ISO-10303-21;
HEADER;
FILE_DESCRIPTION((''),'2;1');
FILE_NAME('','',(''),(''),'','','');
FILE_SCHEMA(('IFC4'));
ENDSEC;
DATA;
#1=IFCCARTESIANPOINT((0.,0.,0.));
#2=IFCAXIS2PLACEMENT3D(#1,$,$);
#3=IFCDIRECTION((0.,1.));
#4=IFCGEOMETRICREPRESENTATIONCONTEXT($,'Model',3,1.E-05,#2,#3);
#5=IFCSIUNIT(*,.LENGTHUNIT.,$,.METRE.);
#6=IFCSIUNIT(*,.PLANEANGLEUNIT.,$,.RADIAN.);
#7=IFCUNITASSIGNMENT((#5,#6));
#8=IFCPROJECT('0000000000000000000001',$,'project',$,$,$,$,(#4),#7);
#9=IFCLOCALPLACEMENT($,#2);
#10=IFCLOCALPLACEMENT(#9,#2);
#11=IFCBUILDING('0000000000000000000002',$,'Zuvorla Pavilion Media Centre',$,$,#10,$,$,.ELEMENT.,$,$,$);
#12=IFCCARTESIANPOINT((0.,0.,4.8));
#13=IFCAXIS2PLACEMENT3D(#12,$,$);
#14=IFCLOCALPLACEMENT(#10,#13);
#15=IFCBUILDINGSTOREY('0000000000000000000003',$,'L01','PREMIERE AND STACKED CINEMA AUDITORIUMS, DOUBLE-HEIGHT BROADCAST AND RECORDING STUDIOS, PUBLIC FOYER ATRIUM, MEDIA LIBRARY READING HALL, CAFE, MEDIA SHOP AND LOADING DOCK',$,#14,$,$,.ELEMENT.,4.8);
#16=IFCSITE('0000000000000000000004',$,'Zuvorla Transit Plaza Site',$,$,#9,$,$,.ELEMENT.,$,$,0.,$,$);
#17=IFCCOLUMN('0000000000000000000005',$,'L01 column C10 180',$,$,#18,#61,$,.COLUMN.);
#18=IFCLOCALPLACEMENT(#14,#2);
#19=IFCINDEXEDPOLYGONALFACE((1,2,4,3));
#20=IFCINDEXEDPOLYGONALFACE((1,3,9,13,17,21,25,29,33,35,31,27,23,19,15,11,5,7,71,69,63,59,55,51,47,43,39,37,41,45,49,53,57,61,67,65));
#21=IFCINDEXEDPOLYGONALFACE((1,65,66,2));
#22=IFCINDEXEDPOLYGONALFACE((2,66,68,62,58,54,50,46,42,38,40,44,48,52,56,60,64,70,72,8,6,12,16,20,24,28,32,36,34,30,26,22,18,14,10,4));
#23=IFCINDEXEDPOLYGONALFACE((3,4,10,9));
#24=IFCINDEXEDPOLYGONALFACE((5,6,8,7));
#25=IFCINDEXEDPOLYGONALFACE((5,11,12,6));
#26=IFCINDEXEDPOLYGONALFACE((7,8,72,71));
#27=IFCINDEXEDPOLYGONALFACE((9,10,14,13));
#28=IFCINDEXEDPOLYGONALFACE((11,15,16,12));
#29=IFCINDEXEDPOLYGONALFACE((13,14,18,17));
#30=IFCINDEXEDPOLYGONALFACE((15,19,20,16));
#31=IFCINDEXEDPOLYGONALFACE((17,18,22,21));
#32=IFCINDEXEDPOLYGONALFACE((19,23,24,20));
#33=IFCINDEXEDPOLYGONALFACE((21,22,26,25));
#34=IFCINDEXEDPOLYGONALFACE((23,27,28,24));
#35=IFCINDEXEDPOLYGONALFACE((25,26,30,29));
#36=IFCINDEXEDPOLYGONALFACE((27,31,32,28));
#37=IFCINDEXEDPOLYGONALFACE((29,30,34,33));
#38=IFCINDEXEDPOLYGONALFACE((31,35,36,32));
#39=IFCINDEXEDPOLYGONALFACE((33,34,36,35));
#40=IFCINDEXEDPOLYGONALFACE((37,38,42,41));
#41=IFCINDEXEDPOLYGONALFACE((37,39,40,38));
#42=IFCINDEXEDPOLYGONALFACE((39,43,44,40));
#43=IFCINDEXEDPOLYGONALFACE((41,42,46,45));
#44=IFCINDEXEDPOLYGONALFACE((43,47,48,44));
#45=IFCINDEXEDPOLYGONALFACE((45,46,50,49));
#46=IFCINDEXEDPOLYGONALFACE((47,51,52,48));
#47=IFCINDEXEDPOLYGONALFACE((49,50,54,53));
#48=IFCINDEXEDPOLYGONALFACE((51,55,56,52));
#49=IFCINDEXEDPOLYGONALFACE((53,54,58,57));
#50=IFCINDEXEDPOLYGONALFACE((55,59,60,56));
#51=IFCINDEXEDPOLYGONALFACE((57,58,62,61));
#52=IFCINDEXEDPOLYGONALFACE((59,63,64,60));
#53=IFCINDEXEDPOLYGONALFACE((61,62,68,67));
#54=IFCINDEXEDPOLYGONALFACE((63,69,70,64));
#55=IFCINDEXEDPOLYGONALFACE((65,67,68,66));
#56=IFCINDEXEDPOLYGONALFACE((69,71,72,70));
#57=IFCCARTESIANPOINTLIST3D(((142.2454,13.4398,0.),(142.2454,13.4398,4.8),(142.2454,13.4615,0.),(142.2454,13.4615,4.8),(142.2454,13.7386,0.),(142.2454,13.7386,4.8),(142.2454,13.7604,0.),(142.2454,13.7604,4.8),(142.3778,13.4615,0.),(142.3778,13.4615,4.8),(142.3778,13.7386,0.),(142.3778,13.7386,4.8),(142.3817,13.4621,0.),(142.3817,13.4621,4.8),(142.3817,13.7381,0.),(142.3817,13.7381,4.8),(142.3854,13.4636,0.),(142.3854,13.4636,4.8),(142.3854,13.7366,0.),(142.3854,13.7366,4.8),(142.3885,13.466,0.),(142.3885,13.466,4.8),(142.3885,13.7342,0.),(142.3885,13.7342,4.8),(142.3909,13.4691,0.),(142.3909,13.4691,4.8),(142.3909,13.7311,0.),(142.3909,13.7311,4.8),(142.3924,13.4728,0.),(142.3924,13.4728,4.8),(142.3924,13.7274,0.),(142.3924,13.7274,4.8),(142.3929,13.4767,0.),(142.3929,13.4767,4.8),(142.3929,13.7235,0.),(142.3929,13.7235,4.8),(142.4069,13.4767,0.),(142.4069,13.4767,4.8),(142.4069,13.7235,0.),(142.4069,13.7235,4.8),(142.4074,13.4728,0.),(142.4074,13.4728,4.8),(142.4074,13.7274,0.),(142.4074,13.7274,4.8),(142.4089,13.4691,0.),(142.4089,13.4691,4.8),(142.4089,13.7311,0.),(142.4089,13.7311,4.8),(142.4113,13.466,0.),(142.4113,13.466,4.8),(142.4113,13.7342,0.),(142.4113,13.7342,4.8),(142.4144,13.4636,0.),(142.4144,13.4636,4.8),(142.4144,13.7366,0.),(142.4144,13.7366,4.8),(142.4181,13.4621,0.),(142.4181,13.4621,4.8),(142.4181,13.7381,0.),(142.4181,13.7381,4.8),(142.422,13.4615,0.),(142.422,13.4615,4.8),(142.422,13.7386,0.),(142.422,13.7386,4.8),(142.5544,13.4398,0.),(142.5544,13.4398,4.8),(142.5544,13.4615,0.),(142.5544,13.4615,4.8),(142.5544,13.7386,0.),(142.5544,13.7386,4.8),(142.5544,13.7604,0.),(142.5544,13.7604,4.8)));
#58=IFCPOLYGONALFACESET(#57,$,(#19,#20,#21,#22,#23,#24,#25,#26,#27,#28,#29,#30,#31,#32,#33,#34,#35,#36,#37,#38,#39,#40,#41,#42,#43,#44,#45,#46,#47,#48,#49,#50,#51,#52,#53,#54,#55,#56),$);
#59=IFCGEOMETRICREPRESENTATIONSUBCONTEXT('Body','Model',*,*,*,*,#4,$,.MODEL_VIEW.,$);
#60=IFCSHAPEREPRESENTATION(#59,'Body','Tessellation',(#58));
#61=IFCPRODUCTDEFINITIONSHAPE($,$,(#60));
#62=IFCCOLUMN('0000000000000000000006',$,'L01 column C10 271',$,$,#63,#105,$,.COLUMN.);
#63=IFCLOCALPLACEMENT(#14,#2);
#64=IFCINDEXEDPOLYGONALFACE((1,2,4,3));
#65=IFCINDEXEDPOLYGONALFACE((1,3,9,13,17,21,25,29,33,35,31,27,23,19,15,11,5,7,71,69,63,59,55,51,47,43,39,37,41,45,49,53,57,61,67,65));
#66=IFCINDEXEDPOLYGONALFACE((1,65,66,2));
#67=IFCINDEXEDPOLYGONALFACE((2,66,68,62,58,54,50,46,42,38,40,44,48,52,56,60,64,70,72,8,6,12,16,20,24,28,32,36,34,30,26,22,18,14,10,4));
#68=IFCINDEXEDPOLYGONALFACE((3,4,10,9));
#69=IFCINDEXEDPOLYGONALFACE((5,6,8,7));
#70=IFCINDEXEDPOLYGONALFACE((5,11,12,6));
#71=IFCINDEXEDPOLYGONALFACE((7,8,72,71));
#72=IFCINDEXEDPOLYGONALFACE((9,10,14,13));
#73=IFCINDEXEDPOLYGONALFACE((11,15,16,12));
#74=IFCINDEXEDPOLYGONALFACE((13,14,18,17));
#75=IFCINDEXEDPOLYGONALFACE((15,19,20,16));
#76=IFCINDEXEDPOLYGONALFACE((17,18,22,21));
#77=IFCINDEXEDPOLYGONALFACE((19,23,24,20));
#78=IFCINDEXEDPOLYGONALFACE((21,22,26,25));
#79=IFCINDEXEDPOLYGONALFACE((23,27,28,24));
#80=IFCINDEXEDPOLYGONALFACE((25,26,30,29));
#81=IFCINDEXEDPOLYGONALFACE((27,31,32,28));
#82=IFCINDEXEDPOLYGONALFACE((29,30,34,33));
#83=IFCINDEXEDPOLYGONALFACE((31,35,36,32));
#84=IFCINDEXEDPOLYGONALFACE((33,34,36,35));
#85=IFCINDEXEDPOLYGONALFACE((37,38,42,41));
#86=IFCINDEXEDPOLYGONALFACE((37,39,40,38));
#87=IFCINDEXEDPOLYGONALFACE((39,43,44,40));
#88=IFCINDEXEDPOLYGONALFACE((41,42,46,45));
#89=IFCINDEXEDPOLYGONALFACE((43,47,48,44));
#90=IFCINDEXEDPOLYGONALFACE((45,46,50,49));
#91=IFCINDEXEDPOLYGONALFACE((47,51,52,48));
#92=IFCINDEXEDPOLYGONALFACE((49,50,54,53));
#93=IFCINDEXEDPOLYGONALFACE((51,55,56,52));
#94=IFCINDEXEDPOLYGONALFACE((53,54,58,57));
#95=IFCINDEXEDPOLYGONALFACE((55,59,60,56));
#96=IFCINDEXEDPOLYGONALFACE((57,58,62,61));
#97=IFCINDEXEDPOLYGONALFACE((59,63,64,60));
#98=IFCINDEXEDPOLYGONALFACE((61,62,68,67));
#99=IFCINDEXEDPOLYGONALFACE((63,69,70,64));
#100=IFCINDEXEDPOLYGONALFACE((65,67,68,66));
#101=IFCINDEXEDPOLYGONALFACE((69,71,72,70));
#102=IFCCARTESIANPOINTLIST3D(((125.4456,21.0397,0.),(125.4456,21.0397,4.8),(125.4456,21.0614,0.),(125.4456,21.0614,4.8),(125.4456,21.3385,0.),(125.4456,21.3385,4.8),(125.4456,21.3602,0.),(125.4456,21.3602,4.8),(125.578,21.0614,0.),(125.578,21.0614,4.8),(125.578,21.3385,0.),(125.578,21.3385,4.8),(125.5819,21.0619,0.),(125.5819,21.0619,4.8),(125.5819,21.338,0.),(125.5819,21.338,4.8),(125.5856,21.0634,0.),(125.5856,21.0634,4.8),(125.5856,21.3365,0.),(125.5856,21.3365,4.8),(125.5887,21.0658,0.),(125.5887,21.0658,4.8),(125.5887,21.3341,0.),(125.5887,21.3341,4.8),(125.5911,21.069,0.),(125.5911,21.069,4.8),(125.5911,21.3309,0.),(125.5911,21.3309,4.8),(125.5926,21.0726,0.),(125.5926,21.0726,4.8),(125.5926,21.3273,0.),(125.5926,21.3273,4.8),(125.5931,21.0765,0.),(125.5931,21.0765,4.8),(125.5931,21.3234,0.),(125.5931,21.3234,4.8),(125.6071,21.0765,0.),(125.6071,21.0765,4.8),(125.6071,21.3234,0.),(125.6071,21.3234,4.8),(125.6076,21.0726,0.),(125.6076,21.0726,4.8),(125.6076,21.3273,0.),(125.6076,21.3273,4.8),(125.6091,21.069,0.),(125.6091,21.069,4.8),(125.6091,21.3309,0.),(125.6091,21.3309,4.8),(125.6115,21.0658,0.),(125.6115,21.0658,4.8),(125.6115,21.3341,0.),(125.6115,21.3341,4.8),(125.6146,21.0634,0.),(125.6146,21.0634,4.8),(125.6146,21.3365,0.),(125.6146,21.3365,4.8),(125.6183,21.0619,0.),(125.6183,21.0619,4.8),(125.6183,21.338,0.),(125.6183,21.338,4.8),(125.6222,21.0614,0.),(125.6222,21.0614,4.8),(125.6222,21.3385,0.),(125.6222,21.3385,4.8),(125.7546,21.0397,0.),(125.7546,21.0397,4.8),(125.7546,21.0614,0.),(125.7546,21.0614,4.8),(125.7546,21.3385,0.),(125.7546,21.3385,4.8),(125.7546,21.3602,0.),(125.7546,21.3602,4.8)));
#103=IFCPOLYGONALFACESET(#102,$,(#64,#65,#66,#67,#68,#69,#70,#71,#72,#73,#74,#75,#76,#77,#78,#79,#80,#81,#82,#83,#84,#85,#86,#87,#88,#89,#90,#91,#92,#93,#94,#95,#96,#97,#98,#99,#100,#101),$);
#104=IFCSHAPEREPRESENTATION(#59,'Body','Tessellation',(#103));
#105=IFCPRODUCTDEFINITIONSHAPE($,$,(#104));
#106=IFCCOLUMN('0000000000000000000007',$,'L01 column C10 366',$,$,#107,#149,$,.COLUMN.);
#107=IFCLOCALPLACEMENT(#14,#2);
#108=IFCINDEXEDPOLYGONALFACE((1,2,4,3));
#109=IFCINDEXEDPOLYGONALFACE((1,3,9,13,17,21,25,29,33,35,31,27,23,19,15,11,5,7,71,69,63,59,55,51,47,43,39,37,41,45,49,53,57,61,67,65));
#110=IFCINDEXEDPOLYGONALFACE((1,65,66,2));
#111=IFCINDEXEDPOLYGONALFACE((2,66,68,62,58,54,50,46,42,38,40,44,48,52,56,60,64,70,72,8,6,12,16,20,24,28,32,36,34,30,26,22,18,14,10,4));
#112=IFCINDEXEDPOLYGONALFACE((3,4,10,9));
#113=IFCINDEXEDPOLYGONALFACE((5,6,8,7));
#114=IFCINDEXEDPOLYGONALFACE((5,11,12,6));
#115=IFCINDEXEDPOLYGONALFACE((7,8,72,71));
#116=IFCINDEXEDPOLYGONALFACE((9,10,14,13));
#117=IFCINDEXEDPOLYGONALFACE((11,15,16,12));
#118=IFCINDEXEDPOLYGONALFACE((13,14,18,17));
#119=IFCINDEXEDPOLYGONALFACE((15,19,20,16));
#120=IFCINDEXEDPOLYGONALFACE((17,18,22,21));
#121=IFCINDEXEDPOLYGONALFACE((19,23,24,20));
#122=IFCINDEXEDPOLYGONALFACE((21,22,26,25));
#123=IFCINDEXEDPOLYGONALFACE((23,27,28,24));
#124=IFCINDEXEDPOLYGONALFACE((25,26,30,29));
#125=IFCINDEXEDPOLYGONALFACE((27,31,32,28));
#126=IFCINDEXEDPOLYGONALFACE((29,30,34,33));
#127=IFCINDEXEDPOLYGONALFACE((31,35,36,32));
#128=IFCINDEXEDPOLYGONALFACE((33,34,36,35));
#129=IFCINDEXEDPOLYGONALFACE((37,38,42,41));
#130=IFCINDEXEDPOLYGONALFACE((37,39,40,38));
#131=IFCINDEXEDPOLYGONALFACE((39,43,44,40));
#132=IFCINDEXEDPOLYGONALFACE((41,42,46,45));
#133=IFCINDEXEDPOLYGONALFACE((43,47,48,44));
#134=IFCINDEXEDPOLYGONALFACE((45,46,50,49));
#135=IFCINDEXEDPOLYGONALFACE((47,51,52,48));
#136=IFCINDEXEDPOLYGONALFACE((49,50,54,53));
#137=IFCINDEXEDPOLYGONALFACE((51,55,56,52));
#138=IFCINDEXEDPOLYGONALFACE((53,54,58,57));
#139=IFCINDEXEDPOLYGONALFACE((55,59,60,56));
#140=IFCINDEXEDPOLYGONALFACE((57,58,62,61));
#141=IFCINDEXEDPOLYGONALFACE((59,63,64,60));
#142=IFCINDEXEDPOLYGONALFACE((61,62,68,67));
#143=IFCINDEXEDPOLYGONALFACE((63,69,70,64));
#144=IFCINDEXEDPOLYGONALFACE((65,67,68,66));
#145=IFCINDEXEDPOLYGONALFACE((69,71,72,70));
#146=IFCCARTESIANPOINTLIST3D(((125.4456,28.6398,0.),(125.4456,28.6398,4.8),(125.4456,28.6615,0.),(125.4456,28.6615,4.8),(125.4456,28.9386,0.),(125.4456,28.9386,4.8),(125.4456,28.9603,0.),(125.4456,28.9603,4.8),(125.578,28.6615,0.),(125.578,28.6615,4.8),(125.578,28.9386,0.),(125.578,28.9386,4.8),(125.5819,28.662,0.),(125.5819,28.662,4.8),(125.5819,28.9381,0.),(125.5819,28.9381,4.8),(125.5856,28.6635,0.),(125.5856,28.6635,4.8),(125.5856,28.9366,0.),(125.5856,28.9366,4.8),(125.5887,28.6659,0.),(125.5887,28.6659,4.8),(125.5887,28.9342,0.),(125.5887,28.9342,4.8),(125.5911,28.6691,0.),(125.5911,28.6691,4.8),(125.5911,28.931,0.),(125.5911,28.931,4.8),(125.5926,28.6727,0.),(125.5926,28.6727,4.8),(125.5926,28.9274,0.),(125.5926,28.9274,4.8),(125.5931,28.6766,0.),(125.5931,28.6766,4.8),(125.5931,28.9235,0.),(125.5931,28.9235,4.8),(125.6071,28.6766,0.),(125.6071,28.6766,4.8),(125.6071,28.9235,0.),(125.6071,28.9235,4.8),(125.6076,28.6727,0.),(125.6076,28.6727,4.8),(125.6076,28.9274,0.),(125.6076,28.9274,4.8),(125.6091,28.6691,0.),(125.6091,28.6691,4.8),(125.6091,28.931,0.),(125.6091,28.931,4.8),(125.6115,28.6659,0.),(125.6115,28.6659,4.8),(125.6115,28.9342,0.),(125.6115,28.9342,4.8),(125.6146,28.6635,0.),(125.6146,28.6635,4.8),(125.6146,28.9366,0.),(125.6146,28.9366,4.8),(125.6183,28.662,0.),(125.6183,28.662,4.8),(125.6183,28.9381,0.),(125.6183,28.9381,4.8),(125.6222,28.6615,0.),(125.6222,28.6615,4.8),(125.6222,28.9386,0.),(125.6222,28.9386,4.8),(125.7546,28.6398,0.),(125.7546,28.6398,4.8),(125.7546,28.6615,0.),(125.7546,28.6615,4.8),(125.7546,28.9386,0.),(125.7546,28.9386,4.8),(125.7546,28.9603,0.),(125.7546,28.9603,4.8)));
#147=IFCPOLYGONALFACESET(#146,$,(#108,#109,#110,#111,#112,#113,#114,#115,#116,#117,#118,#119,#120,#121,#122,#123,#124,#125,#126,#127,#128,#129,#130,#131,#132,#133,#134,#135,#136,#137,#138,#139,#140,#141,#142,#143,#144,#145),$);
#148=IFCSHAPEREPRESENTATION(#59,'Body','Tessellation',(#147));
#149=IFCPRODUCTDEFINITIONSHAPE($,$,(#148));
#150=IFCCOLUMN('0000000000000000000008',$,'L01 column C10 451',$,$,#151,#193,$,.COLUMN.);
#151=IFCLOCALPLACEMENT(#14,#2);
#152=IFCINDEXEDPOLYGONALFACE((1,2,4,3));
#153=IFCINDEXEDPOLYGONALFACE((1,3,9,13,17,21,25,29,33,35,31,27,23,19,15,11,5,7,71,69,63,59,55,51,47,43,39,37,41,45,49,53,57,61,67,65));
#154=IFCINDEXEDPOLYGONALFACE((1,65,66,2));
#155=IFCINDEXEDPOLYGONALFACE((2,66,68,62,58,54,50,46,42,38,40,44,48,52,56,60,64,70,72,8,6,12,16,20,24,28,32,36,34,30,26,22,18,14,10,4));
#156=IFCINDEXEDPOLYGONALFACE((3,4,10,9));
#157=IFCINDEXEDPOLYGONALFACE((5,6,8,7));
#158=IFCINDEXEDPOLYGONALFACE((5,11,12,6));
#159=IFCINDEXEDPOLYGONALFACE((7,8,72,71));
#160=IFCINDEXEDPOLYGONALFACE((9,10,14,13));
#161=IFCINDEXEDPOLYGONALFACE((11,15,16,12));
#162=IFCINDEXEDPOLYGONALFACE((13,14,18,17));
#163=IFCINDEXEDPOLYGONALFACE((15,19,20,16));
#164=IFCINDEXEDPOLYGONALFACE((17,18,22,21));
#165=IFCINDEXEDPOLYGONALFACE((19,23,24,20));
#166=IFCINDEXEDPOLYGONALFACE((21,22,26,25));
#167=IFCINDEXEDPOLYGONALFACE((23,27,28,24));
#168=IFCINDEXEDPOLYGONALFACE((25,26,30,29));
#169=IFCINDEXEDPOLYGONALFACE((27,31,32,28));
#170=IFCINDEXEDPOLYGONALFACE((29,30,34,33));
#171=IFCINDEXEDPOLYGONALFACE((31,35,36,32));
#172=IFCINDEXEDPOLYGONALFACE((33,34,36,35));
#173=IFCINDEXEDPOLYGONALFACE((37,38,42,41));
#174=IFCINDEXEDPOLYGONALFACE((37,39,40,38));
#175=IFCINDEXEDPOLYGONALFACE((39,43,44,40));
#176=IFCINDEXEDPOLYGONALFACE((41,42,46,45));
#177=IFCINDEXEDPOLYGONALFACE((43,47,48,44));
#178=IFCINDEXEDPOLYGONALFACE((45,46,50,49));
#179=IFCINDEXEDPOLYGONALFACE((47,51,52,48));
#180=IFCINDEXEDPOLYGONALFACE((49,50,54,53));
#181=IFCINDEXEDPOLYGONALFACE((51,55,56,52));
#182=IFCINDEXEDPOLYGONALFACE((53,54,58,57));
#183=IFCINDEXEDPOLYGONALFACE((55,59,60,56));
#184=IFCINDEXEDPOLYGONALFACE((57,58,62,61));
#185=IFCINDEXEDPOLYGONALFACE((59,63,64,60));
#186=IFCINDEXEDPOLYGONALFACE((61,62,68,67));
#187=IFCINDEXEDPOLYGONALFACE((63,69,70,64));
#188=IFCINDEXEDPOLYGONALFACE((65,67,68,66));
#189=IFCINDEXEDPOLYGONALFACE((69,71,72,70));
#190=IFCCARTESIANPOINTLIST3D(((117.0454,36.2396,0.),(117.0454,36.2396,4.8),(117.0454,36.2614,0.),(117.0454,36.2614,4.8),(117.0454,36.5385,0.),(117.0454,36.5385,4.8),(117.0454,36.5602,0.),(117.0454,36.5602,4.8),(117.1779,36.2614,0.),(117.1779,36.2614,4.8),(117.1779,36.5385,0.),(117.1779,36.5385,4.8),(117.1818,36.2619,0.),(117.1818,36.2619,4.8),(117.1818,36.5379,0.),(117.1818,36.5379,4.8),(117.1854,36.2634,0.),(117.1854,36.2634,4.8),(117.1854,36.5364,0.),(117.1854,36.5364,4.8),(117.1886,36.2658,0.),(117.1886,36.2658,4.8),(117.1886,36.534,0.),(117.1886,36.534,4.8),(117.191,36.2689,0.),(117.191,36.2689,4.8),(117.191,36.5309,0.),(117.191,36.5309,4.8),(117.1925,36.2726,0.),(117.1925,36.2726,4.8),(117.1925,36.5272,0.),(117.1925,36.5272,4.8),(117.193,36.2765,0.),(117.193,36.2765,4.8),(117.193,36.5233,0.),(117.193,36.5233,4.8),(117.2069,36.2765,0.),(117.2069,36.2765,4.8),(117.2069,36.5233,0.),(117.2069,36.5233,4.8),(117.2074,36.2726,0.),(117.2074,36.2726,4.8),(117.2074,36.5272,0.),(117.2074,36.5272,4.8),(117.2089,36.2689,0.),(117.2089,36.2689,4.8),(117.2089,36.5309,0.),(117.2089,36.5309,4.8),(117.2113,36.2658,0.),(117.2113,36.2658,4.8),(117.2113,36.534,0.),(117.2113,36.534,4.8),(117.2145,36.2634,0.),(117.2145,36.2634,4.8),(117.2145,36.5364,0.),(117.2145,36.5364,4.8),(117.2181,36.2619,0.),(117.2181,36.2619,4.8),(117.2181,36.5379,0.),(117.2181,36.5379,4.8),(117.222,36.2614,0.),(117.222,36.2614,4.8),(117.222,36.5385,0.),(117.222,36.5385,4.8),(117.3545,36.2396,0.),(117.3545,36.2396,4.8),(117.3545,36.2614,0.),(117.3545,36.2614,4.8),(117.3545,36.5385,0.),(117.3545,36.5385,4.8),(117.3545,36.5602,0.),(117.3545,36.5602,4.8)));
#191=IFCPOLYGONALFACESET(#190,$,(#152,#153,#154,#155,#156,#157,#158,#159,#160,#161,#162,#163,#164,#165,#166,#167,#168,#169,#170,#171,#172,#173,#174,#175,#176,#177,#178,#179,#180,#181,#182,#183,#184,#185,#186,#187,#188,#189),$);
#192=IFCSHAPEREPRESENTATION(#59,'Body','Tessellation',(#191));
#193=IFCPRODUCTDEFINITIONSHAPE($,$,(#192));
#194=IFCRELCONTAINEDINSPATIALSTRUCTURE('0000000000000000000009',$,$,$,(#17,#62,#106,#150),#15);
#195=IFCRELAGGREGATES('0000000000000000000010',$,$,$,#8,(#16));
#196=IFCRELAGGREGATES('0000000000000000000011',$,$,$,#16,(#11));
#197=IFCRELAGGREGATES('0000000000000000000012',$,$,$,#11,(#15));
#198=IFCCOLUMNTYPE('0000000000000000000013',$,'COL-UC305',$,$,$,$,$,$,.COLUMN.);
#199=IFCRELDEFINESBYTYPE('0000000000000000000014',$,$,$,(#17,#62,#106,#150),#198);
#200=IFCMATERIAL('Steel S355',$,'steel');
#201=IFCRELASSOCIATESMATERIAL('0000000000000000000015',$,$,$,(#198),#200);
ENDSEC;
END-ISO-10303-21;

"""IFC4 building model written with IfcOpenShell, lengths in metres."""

from ifc_helpers import new_model, si_unit, direction, frame, origin, origin_2d, place, context, subcontext, project, spatial, i_section, extrude, material, material_profile, profile_set, type_object, element, save


model = new_model("IFC4")

# Units and contexts
model_context = context("Model", 3, precision=1e-05, world=origin(), true_north=direction((0.0, 1.0)))
body_context = subcontext(model_context, "Body", "Model", "MODEL_VIEW")
ifc_project = project(units=[si_unit("LENGTHUNIT", "METRE"), si_unit("PLANEANGLEUNIT", "RADIAN")], contexts=[model_context])

# Site, building, storey
site_placement = place(None, origin())
site = spatial("IfcSite", under=ifc_project, at=site_placement, Name="Zuvorla Transit Plaza Site", CompositionType="ELEMENT", RefElevation=0.0)
building_placement = place(site_placement, origin())
building = spatial("IfcBuilding", under=site, at=building_placement, Name="Zuvorla Pavilion Media Centre", CompositionType="ELEMENT")
storey_placement = place(building_placement, frame((0.0, 0.0, 4.8)))
storey = spatial("IfcBuildingStorey", under=building, at=storey_placement, Name="L01", Description="PREMIERE AND STACKED CINEMA AUDITORIUMS, DOUBLE-HEIGHT BROADCAST AND RECORDING STUDIOS, PUBLIC FOYER ATRIUM, MEDIA LIBRARY READING HALL, CAFE, MEDIA SHOP AND LOADING DOCK", CompositionType="ELEMENT", Elevation=4.8)

# Columns
ifc_material_1 = material(Name="Steel S355", Category="steel")
ifc_material_profile_1 = material_profile(ifc_material_1, i_section(OverallWidth=0.3091, OverallDepth=0.3206, WebThickness=0.0139, FlangeThickness=0.0217, FilletRadius=0.0151, at=origin_2d()), Name="UC 305x305x137")
ifc_profile_set_1 = profile_set([ifc_material_profile_1], Name="Steel S355")
column_type = type_object("IfcColumnType", Name="COL-UC305", PredefinedType="COLUMN", material=ifc_profile_set_1)
for number, where, z_axis, x_axis, name in (
    (1, (142.3999, 13.6001, 0.0), (0.0, 0.0, 1.0), (1.0, 0.0, 0.0), "L01 column C10 180"),
    (2, (125.6001, 21.2, 0.0), (0.0, 0.0, 1.0), (1.0, 0.0, 0.0), "L01 column C10 271"),
    (3, (125.6001, 28.8, 0.0), (0.0, 0.0, 1.0), (1.0, 0.0, 0.0), "L01 column C10 366"),
    (4, (117.2, 36.3999, 0.0), (0.0, 0.0, 1.0), (1.0, 0.0, 0.0), "L01 column C10 451"),
):
    element("IfcColumn", number, at=place(storey_placement, frame(where, z_axis=z_axis, x_axis=x_axis)), inside=storey, type_object=column_type, Name=name, PredefinedType="COLUMN", context=body_context, shape_type="SweptSolid", body=[
        extrude(i_section(OverallWidth=0.3091, OverallDepth=0.3206, WebThickness=0.0139, FlangeThickness=0.0217, FilletRadius=0.0151, at=origin_2d()), origin(), (0.0, 0.0, 1.0), 4.8),
    ])

save(model, "model.ifc")
